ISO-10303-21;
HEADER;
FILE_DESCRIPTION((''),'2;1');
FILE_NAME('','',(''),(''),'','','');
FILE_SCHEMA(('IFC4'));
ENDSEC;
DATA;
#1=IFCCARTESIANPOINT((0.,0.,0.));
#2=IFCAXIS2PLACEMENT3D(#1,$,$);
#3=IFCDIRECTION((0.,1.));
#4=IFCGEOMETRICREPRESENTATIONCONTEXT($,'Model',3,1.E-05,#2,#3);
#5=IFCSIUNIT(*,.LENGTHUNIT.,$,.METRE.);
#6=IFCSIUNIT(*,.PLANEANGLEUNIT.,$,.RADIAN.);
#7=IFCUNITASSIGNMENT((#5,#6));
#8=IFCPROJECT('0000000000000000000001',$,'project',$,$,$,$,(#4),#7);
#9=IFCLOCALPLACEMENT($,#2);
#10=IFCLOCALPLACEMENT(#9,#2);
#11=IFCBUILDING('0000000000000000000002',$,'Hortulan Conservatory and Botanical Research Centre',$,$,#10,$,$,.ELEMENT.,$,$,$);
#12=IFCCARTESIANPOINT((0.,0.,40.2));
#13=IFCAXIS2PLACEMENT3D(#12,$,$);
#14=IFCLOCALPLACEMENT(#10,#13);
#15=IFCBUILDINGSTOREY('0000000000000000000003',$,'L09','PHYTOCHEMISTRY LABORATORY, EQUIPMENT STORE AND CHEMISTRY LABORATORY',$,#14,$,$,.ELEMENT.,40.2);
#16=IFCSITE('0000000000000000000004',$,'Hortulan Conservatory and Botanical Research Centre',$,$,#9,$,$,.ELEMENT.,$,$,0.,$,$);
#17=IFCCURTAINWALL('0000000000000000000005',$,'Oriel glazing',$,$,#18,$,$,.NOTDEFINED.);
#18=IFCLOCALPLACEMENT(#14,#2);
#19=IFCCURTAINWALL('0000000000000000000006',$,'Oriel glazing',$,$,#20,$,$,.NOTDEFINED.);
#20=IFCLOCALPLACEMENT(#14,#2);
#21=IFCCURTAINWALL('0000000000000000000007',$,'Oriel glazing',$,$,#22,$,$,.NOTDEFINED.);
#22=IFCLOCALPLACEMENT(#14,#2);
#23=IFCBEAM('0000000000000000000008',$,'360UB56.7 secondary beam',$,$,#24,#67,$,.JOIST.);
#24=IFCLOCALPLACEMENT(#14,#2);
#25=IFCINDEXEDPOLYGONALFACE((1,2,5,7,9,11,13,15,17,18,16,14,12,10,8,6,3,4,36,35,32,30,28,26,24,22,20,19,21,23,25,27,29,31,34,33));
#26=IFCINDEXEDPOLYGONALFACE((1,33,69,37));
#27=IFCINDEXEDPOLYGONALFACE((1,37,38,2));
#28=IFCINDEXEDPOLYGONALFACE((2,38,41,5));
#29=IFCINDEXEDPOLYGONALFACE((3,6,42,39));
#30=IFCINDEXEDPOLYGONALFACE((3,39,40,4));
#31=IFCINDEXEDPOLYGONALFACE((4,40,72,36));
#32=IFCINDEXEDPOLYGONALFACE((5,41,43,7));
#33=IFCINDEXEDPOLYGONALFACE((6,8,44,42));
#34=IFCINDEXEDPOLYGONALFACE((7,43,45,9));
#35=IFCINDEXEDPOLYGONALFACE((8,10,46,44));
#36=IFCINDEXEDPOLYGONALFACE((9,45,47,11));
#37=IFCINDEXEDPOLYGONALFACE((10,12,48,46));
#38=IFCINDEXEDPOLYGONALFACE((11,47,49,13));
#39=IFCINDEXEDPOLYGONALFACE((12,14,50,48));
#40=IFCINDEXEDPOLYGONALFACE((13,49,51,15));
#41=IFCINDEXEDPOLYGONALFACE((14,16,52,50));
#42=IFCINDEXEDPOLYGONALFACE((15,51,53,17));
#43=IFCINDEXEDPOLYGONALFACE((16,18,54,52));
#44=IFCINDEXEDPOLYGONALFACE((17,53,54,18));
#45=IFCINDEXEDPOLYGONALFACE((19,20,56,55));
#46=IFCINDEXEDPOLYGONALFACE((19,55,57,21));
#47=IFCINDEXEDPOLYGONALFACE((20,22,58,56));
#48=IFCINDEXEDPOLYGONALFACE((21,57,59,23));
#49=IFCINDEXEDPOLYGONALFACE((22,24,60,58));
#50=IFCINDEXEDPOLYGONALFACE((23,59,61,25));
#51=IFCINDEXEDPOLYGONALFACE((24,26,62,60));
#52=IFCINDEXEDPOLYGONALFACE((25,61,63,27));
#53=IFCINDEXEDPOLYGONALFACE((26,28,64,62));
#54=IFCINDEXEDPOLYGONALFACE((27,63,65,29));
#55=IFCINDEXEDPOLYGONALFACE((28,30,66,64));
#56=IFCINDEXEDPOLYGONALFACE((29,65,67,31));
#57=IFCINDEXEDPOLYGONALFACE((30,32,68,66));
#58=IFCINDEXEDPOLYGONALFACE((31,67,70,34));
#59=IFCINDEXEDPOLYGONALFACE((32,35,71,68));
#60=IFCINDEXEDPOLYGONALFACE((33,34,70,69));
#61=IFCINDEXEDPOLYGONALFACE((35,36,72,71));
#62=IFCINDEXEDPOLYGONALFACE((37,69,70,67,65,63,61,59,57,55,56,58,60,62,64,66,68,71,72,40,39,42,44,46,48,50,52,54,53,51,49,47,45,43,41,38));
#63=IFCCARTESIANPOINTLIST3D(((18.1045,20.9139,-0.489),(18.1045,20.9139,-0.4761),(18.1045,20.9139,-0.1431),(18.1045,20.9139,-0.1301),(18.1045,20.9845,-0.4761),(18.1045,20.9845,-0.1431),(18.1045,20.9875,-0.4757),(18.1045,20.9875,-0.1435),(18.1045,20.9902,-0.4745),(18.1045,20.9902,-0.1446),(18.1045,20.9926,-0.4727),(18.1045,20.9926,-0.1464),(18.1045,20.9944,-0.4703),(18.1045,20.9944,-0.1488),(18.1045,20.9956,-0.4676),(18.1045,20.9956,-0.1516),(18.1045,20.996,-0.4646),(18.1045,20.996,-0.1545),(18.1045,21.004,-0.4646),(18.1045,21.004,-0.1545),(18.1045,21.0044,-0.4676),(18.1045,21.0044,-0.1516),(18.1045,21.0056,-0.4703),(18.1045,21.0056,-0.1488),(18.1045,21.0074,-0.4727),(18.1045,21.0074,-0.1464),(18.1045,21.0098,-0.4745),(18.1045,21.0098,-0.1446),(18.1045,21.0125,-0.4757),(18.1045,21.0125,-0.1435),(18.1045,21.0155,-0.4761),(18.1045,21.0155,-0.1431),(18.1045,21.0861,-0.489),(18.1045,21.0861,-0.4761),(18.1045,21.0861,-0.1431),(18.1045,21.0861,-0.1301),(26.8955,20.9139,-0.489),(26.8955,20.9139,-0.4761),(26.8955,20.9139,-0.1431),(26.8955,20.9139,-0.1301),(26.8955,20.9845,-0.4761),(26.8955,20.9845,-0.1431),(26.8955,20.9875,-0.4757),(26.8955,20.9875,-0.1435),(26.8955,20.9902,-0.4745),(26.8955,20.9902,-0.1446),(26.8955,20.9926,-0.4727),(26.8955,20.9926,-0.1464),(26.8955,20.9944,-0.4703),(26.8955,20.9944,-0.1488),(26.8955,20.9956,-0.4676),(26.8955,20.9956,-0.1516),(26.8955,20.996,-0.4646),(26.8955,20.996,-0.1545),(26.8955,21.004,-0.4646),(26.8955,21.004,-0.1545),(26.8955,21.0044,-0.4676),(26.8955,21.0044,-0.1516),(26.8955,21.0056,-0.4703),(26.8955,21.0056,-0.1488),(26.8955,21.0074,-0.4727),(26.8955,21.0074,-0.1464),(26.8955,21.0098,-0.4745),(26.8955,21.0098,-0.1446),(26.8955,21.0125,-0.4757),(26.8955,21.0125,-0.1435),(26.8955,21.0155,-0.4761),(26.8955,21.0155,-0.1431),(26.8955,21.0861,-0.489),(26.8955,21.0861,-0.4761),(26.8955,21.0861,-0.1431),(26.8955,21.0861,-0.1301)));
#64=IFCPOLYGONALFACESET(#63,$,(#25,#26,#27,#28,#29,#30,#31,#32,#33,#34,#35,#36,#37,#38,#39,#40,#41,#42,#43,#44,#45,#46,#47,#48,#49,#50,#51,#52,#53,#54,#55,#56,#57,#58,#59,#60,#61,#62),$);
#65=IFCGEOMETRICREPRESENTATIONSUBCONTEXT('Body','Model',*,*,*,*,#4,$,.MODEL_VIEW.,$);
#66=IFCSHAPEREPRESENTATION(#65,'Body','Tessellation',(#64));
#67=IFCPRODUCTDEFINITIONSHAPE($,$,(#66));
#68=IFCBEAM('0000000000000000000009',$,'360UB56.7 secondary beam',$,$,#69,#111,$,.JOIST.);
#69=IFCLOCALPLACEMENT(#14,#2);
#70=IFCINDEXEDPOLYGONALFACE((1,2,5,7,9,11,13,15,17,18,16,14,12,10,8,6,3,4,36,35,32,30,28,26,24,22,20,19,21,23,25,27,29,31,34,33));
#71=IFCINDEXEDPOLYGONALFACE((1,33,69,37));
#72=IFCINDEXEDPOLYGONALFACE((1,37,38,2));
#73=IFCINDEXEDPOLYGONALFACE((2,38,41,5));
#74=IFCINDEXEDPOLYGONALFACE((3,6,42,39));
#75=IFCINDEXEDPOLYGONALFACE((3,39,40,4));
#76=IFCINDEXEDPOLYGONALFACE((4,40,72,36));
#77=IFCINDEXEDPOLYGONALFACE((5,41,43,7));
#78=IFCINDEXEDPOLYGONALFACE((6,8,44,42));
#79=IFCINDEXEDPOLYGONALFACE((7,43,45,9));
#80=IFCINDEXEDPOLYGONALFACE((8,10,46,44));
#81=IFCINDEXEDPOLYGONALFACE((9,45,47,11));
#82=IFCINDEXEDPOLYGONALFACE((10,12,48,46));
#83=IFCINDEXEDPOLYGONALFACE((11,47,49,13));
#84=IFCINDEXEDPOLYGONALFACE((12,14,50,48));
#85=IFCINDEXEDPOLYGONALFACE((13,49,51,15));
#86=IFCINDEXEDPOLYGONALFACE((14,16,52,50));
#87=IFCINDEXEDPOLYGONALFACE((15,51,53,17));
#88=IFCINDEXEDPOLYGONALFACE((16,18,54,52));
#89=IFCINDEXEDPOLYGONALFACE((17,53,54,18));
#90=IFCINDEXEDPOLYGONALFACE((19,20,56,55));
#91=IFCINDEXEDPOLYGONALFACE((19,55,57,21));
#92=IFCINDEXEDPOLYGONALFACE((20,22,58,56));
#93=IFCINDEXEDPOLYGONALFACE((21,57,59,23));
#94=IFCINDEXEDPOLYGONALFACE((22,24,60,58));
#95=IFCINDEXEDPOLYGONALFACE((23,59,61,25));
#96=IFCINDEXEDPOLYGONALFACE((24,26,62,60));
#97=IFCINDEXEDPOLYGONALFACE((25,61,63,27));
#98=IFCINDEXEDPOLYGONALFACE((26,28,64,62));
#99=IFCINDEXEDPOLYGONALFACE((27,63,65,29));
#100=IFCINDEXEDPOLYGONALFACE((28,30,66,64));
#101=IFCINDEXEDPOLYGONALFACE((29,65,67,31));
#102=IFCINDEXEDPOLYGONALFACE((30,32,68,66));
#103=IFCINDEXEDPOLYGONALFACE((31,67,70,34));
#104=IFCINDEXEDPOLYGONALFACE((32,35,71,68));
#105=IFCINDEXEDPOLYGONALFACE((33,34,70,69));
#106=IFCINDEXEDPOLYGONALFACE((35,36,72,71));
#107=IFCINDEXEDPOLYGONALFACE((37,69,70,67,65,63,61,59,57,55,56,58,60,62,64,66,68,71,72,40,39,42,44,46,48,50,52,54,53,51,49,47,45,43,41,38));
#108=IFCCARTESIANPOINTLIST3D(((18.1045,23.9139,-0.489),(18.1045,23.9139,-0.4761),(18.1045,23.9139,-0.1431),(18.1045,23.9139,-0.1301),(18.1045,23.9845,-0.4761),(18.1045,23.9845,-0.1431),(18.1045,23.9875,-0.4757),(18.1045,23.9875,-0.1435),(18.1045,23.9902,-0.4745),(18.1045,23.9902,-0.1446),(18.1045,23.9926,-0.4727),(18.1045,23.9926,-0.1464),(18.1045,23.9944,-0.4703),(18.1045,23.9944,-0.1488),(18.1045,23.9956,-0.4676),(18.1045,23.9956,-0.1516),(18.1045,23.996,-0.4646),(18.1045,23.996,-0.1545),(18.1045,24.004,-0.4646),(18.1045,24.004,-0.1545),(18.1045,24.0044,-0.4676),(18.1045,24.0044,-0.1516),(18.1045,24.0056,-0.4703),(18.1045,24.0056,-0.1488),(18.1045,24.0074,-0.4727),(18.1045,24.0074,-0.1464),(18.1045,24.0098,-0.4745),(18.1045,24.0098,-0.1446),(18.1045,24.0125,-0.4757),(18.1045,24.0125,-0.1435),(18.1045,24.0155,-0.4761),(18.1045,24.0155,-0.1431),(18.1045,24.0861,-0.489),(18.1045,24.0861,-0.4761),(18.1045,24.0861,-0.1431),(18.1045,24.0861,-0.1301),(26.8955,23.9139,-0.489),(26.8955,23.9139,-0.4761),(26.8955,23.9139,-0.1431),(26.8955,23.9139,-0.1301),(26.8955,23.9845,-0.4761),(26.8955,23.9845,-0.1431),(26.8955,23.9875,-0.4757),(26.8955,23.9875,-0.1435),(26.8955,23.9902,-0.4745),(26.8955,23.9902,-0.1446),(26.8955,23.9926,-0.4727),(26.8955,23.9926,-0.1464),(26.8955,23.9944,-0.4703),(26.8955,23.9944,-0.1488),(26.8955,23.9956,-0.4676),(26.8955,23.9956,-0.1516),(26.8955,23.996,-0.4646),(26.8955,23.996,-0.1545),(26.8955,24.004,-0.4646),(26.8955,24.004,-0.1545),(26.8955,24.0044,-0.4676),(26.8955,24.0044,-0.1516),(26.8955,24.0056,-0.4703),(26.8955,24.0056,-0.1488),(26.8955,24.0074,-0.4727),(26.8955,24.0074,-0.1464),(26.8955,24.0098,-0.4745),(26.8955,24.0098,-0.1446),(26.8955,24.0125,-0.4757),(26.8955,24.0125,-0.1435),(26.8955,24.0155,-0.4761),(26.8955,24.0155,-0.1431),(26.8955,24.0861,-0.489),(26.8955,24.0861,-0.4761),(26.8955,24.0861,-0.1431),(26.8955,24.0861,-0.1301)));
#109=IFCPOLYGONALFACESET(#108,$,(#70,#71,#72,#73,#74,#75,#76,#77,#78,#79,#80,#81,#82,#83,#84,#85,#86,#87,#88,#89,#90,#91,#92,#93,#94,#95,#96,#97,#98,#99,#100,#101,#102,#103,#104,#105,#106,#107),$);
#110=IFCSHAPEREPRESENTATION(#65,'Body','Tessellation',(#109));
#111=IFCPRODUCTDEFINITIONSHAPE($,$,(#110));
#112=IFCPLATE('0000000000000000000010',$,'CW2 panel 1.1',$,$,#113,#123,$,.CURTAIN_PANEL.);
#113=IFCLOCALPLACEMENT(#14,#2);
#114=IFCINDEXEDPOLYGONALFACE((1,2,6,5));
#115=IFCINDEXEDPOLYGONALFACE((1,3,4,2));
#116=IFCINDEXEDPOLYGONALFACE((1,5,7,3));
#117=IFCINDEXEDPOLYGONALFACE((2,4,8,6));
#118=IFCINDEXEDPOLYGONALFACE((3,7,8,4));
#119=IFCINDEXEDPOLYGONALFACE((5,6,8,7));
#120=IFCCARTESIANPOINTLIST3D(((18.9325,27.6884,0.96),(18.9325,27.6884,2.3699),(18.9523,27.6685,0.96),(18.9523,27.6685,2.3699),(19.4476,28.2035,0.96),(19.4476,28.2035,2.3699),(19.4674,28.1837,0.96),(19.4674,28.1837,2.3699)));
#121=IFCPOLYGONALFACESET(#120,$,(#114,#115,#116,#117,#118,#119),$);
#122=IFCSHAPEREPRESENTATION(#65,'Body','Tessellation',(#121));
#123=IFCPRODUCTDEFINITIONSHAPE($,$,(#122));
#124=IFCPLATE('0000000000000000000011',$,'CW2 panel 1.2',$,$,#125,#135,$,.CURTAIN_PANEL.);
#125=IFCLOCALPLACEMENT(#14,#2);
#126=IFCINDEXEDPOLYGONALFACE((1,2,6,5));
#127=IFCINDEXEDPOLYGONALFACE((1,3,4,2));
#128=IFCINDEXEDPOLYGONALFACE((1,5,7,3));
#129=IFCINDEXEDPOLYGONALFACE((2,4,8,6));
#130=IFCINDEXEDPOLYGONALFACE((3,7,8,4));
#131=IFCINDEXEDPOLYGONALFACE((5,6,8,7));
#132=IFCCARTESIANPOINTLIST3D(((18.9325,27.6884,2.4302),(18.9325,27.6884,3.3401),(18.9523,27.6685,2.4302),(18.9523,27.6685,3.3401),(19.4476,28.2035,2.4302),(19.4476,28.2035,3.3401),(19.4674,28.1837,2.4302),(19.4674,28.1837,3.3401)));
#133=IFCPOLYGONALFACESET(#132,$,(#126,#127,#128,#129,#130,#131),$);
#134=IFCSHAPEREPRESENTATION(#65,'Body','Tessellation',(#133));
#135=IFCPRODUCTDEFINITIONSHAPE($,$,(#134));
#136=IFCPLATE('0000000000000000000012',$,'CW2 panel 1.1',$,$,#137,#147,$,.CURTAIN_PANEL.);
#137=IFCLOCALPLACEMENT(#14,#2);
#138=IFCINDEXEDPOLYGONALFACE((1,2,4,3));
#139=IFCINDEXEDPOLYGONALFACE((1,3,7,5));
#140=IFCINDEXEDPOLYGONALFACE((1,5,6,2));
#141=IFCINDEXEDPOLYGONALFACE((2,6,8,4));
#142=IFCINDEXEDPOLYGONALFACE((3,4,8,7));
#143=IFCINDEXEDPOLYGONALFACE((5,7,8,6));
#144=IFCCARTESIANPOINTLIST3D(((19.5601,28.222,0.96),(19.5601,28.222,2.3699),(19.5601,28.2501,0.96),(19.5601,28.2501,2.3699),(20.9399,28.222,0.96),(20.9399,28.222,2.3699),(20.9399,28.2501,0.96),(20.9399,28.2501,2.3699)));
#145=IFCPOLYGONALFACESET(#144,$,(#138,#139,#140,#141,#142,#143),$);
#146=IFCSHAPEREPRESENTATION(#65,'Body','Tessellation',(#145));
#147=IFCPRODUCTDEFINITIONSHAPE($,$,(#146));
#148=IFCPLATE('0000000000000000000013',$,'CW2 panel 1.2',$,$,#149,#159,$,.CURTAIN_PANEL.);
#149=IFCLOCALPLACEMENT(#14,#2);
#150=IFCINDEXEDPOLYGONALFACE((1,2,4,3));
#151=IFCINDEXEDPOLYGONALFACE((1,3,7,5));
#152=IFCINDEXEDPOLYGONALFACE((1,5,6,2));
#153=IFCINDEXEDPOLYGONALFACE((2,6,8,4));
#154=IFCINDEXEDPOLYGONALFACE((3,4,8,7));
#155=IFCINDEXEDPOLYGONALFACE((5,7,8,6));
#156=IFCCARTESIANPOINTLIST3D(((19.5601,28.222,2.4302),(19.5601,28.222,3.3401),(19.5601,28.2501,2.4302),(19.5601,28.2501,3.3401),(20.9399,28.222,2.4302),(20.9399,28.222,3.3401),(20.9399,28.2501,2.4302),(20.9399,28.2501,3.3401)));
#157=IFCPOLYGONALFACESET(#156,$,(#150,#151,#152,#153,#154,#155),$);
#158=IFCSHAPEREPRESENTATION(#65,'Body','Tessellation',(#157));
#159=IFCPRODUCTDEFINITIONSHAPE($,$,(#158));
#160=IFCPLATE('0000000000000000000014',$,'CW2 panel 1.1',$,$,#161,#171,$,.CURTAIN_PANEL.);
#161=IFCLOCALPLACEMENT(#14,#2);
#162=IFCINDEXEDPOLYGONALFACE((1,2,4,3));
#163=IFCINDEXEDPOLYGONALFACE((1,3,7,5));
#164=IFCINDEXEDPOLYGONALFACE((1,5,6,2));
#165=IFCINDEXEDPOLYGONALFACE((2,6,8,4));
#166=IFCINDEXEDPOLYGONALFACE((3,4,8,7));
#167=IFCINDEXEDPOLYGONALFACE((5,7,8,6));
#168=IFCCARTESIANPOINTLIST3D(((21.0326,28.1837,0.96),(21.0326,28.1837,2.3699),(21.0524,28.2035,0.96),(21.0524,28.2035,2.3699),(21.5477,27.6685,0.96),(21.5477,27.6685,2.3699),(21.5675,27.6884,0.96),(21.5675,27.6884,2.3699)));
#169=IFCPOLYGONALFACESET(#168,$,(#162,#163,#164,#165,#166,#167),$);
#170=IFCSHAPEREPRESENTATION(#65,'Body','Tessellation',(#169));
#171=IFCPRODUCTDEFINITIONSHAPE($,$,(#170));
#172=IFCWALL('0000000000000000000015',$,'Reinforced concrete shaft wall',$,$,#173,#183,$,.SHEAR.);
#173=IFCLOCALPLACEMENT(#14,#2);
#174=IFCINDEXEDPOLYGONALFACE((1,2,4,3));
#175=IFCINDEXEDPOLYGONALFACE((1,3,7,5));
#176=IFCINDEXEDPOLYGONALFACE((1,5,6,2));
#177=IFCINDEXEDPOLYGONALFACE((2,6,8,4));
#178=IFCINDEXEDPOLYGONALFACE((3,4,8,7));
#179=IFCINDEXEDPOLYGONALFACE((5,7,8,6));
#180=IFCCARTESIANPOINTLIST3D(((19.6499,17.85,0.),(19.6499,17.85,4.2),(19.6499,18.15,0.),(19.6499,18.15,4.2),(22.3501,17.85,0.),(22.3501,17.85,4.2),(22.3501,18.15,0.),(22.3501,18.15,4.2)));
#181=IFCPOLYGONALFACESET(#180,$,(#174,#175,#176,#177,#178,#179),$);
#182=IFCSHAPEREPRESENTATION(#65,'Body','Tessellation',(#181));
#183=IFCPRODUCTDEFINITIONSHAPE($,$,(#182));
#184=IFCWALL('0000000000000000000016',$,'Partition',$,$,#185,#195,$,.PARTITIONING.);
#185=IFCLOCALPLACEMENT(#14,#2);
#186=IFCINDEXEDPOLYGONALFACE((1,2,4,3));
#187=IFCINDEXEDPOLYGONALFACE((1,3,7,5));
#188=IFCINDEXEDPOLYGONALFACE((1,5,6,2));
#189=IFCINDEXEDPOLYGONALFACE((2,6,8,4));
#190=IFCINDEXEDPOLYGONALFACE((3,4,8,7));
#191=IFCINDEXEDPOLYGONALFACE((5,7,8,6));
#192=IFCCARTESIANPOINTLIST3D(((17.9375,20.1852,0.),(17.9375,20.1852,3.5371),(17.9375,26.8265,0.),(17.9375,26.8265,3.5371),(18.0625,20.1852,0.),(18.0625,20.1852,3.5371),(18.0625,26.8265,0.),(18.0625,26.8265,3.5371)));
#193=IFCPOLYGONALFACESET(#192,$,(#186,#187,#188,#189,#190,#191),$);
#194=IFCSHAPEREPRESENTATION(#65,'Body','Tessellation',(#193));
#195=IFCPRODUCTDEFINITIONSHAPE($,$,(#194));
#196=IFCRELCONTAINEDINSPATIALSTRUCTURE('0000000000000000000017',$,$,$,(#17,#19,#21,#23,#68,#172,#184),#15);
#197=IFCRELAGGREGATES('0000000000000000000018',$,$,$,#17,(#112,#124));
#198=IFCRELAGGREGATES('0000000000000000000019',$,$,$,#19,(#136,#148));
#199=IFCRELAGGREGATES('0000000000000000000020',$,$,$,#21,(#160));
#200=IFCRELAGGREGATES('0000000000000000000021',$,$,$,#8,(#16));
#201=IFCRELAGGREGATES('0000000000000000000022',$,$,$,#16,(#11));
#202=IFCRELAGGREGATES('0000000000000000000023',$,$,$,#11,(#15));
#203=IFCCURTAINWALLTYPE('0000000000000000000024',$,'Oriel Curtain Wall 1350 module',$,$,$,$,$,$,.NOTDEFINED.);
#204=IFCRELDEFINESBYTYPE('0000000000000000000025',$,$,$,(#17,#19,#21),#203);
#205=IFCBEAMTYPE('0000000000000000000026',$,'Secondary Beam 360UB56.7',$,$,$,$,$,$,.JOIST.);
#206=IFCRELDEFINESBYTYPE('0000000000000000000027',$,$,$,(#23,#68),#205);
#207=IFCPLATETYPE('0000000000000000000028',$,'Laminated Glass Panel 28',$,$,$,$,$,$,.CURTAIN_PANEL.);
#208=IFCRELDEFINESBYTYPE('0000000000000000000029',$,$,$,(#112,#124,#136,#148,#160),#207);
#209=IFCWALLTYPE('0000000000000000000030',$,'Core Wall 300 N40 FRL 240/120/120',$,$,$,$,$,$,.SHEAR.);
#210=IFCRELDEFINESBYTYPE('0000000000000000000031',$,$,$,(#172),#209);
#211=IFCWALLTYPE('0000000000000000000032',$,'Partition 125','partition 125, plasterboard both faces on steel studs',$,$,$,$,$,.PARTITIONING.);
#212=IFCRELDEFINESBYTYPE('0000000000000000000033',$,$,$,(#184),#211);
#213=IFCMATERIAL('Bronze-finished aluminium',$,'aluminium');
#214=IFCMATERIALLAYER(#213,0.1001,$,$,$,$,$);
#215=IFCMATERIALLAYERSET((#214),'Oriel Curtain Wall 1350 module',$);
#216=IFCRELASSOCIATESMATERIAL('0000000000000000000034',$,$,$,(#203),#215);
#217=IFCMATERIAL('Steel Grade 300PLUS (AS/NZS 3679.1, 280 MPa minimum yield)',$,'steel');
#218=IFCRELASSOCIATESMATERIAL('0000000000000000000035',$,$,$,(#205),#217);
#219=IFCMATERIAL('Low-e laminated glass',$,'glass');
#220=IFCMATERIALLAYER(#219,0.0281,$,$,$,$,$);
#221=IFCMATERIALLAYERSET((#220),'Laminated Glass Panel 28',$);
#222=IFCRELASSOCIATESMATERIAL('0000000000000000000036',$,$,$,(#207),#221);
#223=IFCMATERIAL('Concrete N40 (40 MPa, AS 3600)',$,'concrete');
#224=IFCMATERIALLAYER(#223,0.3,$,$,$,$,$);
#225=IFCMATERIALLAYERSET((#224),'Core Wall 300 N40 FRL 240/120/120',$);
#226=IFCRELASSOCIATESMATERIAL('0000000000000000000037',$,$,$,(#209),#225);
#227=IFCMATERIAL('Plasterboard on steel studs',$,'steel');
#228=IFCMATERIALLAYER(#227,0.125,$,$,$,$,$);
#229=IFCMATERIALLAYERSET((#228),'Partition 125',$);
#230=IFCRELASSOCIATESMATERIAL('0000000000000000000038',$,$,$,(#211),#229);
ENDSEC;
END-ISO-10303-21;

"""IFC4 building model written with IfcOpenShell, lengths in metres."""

from ifc_helpers import new_model, si_unit, direction, frame, frame_2d, origin, origin_2d, place, context, subcontext, project, spatial, rectangle, i_section, extrude, material, layer, layer_set, material_profile, profile_set, type_object, element, aggregate, save


model = new_model("IFC4")

# Units and contexts
model_context = context("Model", 3, precision=1e-05, world=origin(), true_north=direction((0.0, 1.0)))
body_context = subcontext(model_context, "Body", "Model", "MODEL_VIEW")
ifc_project = project(units=[si_unit("LENGTHUNIT", "METRE"), si_unit("PLANEANGLEUNIT", "RADIAN")], contexts=[model_context])

# Site, building, storey
site_placement = place(None, origin())
site = spatial("IfcSite", under=ifc_project, at=site_placement, Name="Hortulan Conservatory and Botanical Research Centre", CompositionType="ELEMENT", RefElevation=0.0)
building_placement = place(site_placement, origin())
building = spatial("IfcBuilding", under=site, at=building_placement, Name="Hortulan Conservatory and Botanical Research Centre", CompositionType="ELEMENT")
storey_placement = place(building_placement, frame((0.0, 0.0, 40.2)))
storey = spatial("IfcBuildingStorey", under=building, at=storey_placement, Name="L09", Description="PHYTOCHEMISTRY LABORATORY, EQUIPMENT STORE AND CHEMISTRY LABORATORY", CompositionType="ELEMENT", Elevation=40.2)

# Shared definitions
ifc_material_1 = material(Name="Steel Grade 300PLUS (AS/NZS 3679.1, 280 MPa minimum yield)", Category="steel")

# Curtain walls
ifc_material_2 = material(Name="Bronze-finished aluminium", Category="aluminium")
ifc_layer_1 = layer(ifc_material_2, 0.1001)
ifc_layer_set_1 = layer_set([ifc_layer_1], Name="Oriel Curtain Wall 1350 module")
curtain_wall_type = type_object("IfcCurtainWallType", Name="Oriel Curtain Wall 1350 module", PredefinedType="NOTDEFINED", material=ifc_layer_set_1)
curtain_wall_1_placement = place(storey_placement, origin())
curtain_wall_1 = element("IfcCurtainWall", 1, at=curtain_wall_1_placement, inside=storey, type_object=curtain_wall_type, Name="Oriel glazing", PredefinedType="NOTDEFINED")
curtain_wall_2_placement = place(storey_placement, origin())
curtain_wall_2 = element("IfcCurtainWall", 2, at=curtain_wall_2_placement, inside=storey, type_object=curtain_wall_type, Name="Oriel glazing", PredefinedType="NOTDEFINED")

# Curtain wall
curtain_wall_3_placement = place(storey_placement, origin())
curtain_wall_3 = element("IfcCurtainWall", 3, at=curtain_wall_3_placement, inside=storey, type_object=curtain_wall_type, Name="Oriel glazing", PredefinedType="NOTDEFINED")

# Beams
ifc_material_profile_1 = material_profile(ifc_material_1, i_section(OverallWidth=0.1721, OverallDepth=0.3589, WebThickness=0.0081, FlangeThickness=0.0129, FilletRadius=0.0115, at=origin_2d()), Name="360UB56.7")
ifc_profile_set_1 = profile_set([ifc_material_profile_1], Name="Steel Grade 300PLUS (AS/NZS 3679.1, 280 MPa minimum yield)")
beam_type_1 = type_object("IfcBeamType", Name="Secondary Beam 360UB56.7", PredefinedType="JOIST", material=ifc_profile_set_1)
for number, where, z_axis, x_axis, name in (
    (4, (18.1045, 21.0, -0.3096), (1.0, 0.0, 0.0), (0.0, 1.0, 0.0), "360UB56.7 secondary beam"),
    (5, (18.1045, 24.0, -0.3096), (1.0, 0.0, 0.0), (0.0, 1.0, 0.0), "360UB56.7 secondary beam"),
):
    element("IfcBeam", number, at=place(storey_placement, frame(where, z_axis=z_axis, x_axis=x_axis)), inside=storey, type_object=beam_type_1, Name=name, PredefinedType="JOIST", context=body_context, shape_type="SweptSolid", body=[
        extrude(i_section(OverallWidth=0.1721, OverallDepth=0.3589, WebThickness=0.0081, FlangeThickness=0.0129, FilletRadius=0.0115, at=origin_2d()), origin(), (0.0, 0.0, 1.0), 8.791),
    ])

# Plates
ifc_material_3 = material(Name="Low-e laminated glass", Category="glass")
ifc_layer_2 = layer(ifc_material_3, 0.0281)
ifc_layer_set_2 = layer_set([ifc_layer_2], Name="Laminated Glass Panel 28")
plate_type = type_object("IfcPlateType", Name="Laminated Glass Panel 28", PredefinedType="CURTAIN_PANEL", material=ifc_layer_set_2)
plate_1_placement = place(storey_placement, frame((19.2, 27.936, 0.96), z_axis=(0.0, 0.0, 1.0), x_axis=(0.707107, 0.707107, 0.0)))
plate_1 = element("IfcPlate", 6, at=plate_1_placement, type_object=plate_type, Name="CW2 panel 1.1", PredefinedType="CURTAIN_PANEL", context=body_context, shape_type="SweptSolid", body=[
    extrude(rectangle(XDim=0.7285, YDim=0.0281, at=origin_2d()), origin(), (0.0, 0.0, 1.0), 1.4099),
])
plate_2_placement = place(storey_placement, frame((19.2, 27.936, 2.4302), z_axis=(0.0, 0.0, 1.0), x_axis=(0.707107, 0.707107, 0.0)))
plate_2 = element("IfcPlate", 7, at=plate_2_placement, type_object=plate_type, Name="CW2 panel 1.2", PredefinedType="CURTAIN_PANEL", context=body_context, shape_type="SweptSolid", body=[
    extrude(rectangle(XDim=0.7285, YDim=0.0281, at=origin_2d()), origin(), (0.0, 0.0, 1.0), 0.9099),
])
aggregate(curtain_wall_1, [plate_1, plate_2])
plate_3_placement = place(storey_placement, frame((20.25, 28.2361, 0.96), z_axis=(0.0, 0.0, 1.0), x_axis=(1.0, 0.0, 0.0)))
plate_3 = element("IfcPlate", 8, at=plate_3_placement, type_object=plate_type, Name="CW2 panel 1.1", PredefinedType="CURTAIN_PANEL", context=body_context, shape_type="SweptSolid", body=[
    extrude(rectangle(XDim=1.3799, YDim=0.0281, at=origin_2d()), origin(), (0.0, 0.0, 1.0), 1.4099),
])
plate_4_placement = place(storey_placement, frame((20.25, 28.2361, 2.4302), z_axis=(0.0, 0.0, 1.0), x_axis=(1.0, 0.0, 0.0)))
plate_4 = element("IfcPlate", 9, at=plate_4_placement, type_object=plate_type, Name="CW2 panel 1.2", PredefinedType="CURTAIN_PANEL", context=body_context, shape_type="SweptSolid", body=[
    extrude(rectangle(XDim=1.3799, YDim=0.0281, at=origin_2d()), origin(), (0.0, 0.0, 1.0), 0.9099),
])
aggregate(curtain_wall_2, [plate_3, plate_4])
plate_5_placement = place(storey_placement, frame((21.3, 27.936, 0.96), z_axis=(0.0, 0.0, 1.0), x_axis=(0.707107, -0.707107, 0.0)))
plate_5 = element("IfcPlate", 10, at=plate_5_placement, type_object=plate_type, Name="CW2 panel 1.1", PredefinedType="CURTAIN_PANEL", context=body_context, shape_type="SweptSolid", body=[
    extrude(rectangle(XDim=0.7285, YDim=0.0281, at=origin_2d()), origin(), (0.0, 0.0, 1.0), 1.4099),
])
aggregate(curtain_wall_3, [plate_5])

# Walls
ifc_material_4 = material(Name="Concrete N40 (40 MPa, AS 3600)", Category="concrete")
ifc_layer_3 = layer(ifc_material_4, 0.3)
ifc_layer_set_3 = layer_set([ifc_layer_3], Name="Core Wall 300 N40 FRL 240/120/120")
wall_type_1 = type_object("IfcWallType", Name="Core Wall 300 N40 FRL 240/120/120", PredefinedType="SHEAR", material=ifc_layer_set_3)
wall_1_placement = place(storey_placement, frame((19.6499, 18.0, 0.0), z_axis=(0.0, 0.0, 1.0), x_axis=(1.0, 0.0, 0.0)))
element("IfcWall", 11, at=wall_1_placement, inside=storey, type_object=wall_type_1, Name="Reinforced concrete shaft wall", PredefinedType="SHEAR", context=body_context, shape_type="SweptSolid", body=[
    extrude(rectangle(XDim=2.7002, YDim=0.3, at=frame_2d((1.3501, 0.0))), origin(), (0.0, 0.0, 1.0), 4.2),
])
ifc_material_5 = material(Name="Plasterboard on steel studs", Category="steel")
ifc_layer_4 = layer(ifc_material_5, 0.125)
ifc_layer_set_4 = layer_set([ifc_layer_4], Name="Partition 125")
wall_type_2 = type_object("IfcWallType", Name="Partition 125", Description="partition 125, plasterboard both faces on steel studs", PredefinedType="PARTITIONING", material=ifc_layer_set_4)
wall_2_placement = place(storey_placement, frame((18.0, 20.1851, 0.0), z_axis=(0.0, 0.0, 1.0), x_axis=(0.0, 1.0, 0.0)))
element("IfcWall", 12, at=wall_2_placement, inside=storey, type_object=wall_type_2, Name="Partition", PredefinedType="PARTITIONING", context=body_context, shape_type="SweptSolid", body=[
    extrude(rectangle(XDim=6.6414, YDim=0.125, at=frame_2d((3.3208, 0.0))), origin(), (0.0, 0.0, 1.0), 3.5371),
])

save(model, "model.ifc")
